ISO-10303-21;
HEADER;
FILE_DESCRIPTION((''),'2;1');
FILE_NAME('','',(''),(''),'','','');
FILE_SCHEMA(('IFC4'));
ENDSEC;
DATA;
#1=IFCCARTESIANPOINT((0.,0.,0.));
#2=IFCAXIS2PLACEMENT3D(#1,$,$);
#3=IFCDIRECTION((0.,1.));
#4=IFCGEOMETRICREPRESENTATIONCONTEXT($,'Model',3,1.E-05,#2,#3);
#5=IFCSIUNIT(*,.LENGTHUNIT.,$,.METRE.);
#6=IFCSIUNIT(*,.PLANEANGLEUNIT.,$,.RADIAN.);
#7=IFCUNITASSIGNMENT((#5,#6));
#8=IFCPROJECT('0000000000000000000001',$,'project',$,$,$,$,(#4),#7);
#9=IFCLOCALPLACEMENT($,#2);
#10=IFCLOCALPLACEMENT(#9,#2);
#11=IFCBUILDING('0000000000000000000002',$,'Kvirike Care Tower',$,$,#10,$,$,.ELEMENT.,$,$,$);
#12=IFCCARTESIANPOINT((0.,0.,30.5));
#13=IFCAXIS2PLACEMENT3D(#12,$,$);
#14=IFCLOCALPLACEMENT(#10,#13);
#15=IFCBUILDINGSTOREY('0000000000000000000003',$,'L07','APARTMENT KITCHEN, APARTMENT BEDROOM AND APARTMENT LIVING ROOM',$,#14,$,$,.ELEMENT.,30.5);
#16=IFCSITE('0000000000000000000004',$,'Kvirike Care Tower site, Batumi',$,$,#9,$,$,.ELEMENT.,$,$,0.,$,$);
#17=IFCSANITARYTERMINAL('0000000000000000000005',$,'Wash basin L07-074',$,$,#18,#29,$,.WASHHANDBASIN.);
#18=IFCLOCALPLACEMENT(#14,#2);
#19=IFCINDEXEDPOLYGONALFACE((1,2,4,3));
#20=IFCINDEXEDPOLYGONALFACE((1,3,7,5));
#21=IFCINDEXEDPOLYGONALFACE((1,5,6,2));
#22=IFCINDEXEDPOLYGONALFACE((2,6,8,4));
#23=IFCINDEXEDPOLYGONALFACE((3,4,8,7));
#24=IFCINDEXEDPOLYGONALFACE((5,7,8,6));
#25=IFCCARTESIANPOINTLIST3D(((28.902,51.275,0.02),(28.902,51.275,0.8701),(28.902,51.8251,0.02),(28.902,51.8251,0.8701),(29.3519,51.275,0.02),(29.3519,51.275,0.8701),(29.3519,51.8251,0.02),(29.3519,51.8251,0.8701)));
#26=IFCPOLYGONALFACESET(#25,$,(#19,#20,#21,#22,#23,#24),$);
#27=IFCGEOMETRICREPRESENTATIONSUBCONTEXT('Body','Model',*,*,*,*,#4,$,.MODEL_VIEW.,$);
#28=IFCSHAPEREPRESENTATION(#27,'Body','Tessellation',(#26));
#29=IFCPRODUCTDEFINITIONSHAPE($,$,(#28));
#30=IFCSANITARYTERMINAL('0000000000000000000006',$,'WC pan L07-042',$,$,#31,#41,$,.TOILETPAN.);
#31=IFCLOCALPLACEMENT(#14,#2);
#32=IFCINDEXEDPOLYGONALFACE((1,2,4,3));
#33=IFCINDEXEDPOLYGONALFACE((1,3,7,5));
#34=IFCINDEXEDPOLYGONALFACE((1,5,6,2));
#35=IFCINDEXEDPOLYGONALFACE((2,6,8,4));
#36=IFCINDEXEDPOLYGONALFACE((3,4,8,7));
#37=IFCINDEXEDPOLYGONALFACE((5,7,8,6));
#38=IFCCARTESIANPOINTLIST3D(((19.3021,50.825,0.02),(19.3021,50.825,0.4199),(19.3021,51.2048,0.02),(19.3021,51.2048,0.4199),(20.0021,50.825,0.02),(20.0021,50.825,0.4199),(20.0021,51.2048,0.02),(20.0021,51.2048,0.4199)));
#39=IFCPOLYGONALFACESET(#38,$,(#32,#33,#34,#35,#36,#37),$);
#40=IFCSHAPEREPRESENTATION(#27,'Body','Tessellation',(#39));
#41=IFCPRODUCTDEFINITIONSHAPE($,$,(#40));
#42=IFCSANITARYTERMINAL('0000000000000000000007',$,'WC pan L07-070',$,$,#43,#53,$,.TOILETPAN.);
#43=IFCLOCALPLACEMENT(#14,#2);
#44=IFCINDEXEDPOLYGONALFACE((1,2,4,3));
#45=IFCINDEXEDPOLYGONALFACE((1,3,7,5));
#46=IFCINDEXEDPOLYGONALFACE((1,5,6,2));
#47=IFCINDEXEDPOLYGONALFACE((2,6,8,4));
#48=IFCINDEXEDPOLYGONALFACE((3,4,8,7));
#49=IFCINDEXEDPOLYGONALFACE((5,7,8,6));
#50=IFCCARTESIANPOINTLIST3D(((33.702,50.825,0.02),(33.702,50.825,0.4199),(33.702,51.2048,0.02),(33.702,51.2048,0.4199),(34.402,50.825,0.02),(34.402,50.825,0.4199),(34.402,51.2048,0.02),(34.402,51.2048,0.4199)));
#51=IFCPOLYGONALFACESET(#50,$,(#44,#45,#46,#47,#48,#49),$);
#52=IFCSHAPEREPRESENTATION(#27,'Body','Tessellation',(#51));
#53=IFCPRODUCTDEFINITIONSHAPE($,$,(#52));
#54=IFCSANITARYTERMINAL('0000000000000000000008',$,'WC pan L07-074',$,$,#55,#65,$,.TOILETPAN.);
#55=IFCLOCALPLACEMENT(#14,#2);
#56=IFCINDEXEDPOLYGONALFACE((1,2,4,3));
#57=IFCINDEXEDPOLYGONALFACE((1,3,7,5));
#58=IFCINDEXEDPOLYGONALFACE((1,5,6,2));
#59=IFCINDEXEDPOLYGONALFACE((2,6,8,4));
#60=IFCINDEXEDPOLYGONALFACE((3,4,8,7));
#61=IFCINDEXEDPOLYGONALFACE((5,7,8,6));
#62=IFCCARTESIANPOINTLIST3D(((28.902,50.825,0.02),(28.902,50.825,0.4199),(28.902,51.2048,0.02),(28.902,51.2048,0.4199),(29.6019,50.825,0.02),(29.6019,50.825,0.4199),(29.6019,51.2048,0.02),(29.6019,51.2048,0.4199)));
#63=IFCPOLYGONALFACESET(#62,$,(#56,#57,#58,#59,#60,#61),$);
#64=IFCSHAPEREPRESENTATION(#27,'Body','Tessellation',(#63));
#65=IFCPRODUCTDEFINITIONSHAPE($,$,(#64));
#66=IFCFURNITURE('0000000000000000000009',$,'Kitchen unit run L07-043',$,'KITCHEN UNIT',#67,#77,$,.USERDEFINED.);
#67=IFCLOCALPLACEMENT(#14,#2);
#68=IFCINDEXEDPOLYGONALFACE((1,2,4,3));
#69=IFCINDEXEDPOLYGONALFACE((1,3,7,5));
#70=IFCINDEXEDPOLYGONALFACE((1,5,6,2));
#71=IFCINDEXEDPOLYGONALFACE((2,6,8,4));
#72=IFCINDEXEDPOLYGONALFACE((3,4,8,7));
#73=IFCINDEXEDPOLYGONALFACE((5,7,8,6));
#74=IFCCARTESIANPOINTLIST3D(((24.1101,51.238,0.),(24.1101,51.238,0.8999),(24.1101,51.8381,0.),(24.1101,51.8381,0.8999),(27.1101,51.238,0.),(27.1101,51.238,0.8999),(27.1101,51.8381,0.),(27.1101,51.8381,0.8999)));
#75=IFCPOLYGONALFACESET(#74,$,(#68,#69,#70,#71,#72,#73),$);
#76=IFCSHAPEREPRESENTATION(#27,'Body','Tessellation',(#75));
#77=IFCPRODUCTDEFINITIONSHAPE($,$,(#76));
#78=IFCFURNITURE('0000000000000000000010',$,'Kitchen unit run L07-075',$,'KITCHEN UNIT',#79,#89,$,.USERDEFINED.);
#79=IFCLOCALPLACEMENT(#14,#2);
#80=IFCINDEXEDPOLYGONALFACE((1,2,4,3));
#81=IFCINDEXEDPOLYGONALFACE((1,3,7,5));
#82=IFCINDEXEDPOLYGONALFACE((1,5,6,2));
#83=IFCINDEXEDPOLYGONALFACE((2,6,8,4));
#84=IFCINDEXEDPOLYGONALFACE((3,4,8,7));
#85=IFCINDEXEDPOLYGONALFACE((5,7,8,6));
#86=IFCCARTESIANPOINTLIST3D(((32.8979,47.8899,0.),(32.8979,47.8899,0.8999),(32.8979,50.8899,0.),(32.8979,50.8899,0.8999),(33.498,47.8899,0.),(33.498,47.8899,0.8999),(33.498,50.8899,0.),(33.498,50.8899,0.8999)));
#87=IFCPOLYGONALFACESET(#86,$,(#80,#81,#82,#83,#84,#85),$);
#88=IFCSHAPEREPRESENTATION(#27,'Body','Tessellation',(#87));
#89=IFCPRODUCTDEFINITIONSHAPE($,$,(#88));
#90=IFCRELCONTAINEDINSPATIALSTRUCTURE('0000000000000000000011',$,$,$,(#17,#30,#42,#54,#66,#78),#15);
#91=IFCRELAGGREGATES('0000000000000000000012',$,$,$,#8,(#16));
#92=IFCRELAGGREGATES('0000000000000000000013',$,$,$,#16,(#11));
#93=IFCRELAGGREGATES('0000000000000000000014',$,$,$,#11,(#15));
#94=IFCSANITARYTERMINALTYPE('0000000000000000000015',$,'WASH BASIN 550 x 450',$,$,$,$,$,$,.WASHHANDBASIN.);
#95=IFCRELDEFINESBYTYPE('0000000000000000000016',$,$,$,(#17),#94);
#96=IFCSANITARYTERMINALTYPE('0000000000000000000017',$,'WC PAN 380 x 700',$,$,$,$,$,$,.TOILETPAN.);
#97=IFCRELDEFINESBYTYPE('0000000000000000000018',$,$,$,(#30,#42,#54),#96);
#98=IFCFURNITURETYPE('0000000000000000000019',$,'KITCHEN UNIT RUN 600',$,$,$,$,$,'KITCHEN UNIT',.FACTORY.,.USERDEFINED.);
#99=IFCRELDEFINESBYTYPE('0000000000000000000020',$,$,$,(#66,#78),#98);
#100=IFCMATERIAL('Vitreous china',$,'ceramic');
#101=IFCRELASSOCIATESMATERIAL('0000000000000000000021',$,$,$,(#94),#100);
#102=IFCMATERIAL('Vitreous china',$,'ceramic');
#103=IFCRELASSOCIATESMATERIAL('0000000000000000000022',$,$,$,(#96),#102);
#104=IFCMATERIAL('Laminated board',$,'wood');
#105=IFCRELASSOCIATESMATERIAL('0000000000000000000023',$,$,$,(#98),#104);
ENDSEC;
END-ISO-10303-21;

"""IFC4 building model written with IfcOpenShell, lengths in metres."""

from ifc_helpers import new_model, si_unit, direction, frame, origin, origin_2d, place, context, subcontext, project, spatial, rectangle, extrude, material, type_object, element, save


model = new_model("IFC4")

# Units and contexts
model_context = context("Model", 3, precision=1e-05, world=origin(), true_north=direction((0.0, 1.0)))
body_context = subcontext(model_context, "Body", "Model", "MODEL_VIEW")
ifc_project = project(units=[si_unit("LENGTHUNIT", "METRE"), si_unit("PLANEANGLEUNIT", "RADIAN")], contexts=[model_context])

# Site, building, storey
site_placement = place(None, origin())
site = spatial("IfcSite", under=ifc_project, at=site_placement, Name="Kvirike Care Tower site, Batumi", CompositionType="ELEMENT", RefElevation=0.0)
building_placement = place(site_placement, origin())
building = spatial("IfcBuilding", under=site, at=building_placement, Name="Kvirike Care Tower", CompositionType="ELEMENT")
storey_placement = place(building_placement, frame((0.0, 0.0, 30.5)))
storey = spatial("IfcBuildingStorey", under=building, at=storey_placement, Name="L07", Description="APARTMENT KITCHEN, APARTMENT BEDROOM AND APARTMENT LIVING ROOM", CompositionType="ELEMENT", Elevation=30.5)

# Sanitary terminals
ifc_material_1 = material(Name="Vitreous china", Category="ceramic")
sanitary_terminal_type_1 = type_object("IfcSanitaryTerminalType", Name="WASH BASIN 550 x 450", PredefinedType="WASHHANDBASIN", material=ifc_material_1)
for number, where, z_axis, x_axis, name in (
    (1, (29.127, 51.55, 0.02), (0.0, 0.0, 1.0), (0.0, 1.0, 0.0), "Wash basin L07-074"),
):
    element("IfcSanitaryTerminal", number, at=place(storey_placement, frame(where, z_axis=z_axis, x_axis=x_axis)), inside=storey, type_object=sanitary_terminal_type_1, Name=name, PredefinedType="WASHHANDBASIN", context=body_context, shape_type="SweptSolid", body=[
        extrude(rectangle(XDim=0.55, YDim=0.45, at=origin_2d()), origin(), (0.0, 0.0, 1.0), 0.8501),
    ])
ifc_material_2 = material(Name="Vitreous china", Category="ceramic")
sanitary_terminal_type_2 = type_object("IfcSanitaryTerminalType", Name="WC PAN 380 x 700", PredefinedType="TOILETPAN", material=ifc_material_2)
for number, where, z_axis, x_axis, name in (
    (2, (19.6521, 51.0149, 0.02), (0.0, 0.0, 1.0), (0.0, 1.0, 0.0), "WC pan L07-042"),
    (3, (34.052, 51.0149, 0.02), (0.0, 0.0, 1.0), (0.0, 1.0, 0.0), "WC pan L07-070"),
    (4, (29.252, 51.0149, 0.02), (0.0, 0.0, 1.0), (0.0, 1.0, 0.0), "WC pan L07-074"),
):
    element("IfcSanitaryTerminal", number, at=place(storey_placement, frame(where, z_axis=z_axis, x_axis=x_axis)), inside=storey, type_object=sanitary_terminal_type_2, Name=name, PredefinedType="TOILETPAN", context=body_context, shape_type="SweptSolid", body=[
        extrude(rectangle(XDim=0.3799, YDim=0.7, at=origin_2d()), origin(), (0.0, 0.0, 1.0), 0.3999),
    ])

# Furniture
ifc_material_3 = material(Name="Laminated board", Category="wood")
furniture_type = type_object("IfcFurnitureType", Name="KITCHEN UNIT RUN 600", ElementType="KITCHEN UNIT", AssemblyPlace="FACTORY", PredefinedType="USERDEFINED", material=ifc_material_3)
for number, where, z_axis, x_axis, name in (
    (5, (25.6101, 51.5381, 0.0), (0.0, 0.0, 1.0), (1.0, 0.0, 0.0), "Kitchen unit run L07-043"),
    (6, (33.198, 49.3899, 0.0), (0.0, 0.0, 1.0), (0.0, -1.0, 0.0), "Kitchen unit run L07-075"),
):
    element("IfcFurniture", number, at=place(storey_placement, frame(where, z_axis=z_axis, x_axis=x_axis)), inside=storey, type_object=furniture_type, Name=name, ObjectType="KITCHEN UNIT", PredefinedType="USERDEFINED", context=body_context, shape_type="SweptSolid", body=[
        extrude(rectangle(XDim=3.0, YDim=0.6001, at=origin_2d()), origin(), (0.0, 0.0, 1.0), 0.8999),
    ])

save(model, "model.ifc")
